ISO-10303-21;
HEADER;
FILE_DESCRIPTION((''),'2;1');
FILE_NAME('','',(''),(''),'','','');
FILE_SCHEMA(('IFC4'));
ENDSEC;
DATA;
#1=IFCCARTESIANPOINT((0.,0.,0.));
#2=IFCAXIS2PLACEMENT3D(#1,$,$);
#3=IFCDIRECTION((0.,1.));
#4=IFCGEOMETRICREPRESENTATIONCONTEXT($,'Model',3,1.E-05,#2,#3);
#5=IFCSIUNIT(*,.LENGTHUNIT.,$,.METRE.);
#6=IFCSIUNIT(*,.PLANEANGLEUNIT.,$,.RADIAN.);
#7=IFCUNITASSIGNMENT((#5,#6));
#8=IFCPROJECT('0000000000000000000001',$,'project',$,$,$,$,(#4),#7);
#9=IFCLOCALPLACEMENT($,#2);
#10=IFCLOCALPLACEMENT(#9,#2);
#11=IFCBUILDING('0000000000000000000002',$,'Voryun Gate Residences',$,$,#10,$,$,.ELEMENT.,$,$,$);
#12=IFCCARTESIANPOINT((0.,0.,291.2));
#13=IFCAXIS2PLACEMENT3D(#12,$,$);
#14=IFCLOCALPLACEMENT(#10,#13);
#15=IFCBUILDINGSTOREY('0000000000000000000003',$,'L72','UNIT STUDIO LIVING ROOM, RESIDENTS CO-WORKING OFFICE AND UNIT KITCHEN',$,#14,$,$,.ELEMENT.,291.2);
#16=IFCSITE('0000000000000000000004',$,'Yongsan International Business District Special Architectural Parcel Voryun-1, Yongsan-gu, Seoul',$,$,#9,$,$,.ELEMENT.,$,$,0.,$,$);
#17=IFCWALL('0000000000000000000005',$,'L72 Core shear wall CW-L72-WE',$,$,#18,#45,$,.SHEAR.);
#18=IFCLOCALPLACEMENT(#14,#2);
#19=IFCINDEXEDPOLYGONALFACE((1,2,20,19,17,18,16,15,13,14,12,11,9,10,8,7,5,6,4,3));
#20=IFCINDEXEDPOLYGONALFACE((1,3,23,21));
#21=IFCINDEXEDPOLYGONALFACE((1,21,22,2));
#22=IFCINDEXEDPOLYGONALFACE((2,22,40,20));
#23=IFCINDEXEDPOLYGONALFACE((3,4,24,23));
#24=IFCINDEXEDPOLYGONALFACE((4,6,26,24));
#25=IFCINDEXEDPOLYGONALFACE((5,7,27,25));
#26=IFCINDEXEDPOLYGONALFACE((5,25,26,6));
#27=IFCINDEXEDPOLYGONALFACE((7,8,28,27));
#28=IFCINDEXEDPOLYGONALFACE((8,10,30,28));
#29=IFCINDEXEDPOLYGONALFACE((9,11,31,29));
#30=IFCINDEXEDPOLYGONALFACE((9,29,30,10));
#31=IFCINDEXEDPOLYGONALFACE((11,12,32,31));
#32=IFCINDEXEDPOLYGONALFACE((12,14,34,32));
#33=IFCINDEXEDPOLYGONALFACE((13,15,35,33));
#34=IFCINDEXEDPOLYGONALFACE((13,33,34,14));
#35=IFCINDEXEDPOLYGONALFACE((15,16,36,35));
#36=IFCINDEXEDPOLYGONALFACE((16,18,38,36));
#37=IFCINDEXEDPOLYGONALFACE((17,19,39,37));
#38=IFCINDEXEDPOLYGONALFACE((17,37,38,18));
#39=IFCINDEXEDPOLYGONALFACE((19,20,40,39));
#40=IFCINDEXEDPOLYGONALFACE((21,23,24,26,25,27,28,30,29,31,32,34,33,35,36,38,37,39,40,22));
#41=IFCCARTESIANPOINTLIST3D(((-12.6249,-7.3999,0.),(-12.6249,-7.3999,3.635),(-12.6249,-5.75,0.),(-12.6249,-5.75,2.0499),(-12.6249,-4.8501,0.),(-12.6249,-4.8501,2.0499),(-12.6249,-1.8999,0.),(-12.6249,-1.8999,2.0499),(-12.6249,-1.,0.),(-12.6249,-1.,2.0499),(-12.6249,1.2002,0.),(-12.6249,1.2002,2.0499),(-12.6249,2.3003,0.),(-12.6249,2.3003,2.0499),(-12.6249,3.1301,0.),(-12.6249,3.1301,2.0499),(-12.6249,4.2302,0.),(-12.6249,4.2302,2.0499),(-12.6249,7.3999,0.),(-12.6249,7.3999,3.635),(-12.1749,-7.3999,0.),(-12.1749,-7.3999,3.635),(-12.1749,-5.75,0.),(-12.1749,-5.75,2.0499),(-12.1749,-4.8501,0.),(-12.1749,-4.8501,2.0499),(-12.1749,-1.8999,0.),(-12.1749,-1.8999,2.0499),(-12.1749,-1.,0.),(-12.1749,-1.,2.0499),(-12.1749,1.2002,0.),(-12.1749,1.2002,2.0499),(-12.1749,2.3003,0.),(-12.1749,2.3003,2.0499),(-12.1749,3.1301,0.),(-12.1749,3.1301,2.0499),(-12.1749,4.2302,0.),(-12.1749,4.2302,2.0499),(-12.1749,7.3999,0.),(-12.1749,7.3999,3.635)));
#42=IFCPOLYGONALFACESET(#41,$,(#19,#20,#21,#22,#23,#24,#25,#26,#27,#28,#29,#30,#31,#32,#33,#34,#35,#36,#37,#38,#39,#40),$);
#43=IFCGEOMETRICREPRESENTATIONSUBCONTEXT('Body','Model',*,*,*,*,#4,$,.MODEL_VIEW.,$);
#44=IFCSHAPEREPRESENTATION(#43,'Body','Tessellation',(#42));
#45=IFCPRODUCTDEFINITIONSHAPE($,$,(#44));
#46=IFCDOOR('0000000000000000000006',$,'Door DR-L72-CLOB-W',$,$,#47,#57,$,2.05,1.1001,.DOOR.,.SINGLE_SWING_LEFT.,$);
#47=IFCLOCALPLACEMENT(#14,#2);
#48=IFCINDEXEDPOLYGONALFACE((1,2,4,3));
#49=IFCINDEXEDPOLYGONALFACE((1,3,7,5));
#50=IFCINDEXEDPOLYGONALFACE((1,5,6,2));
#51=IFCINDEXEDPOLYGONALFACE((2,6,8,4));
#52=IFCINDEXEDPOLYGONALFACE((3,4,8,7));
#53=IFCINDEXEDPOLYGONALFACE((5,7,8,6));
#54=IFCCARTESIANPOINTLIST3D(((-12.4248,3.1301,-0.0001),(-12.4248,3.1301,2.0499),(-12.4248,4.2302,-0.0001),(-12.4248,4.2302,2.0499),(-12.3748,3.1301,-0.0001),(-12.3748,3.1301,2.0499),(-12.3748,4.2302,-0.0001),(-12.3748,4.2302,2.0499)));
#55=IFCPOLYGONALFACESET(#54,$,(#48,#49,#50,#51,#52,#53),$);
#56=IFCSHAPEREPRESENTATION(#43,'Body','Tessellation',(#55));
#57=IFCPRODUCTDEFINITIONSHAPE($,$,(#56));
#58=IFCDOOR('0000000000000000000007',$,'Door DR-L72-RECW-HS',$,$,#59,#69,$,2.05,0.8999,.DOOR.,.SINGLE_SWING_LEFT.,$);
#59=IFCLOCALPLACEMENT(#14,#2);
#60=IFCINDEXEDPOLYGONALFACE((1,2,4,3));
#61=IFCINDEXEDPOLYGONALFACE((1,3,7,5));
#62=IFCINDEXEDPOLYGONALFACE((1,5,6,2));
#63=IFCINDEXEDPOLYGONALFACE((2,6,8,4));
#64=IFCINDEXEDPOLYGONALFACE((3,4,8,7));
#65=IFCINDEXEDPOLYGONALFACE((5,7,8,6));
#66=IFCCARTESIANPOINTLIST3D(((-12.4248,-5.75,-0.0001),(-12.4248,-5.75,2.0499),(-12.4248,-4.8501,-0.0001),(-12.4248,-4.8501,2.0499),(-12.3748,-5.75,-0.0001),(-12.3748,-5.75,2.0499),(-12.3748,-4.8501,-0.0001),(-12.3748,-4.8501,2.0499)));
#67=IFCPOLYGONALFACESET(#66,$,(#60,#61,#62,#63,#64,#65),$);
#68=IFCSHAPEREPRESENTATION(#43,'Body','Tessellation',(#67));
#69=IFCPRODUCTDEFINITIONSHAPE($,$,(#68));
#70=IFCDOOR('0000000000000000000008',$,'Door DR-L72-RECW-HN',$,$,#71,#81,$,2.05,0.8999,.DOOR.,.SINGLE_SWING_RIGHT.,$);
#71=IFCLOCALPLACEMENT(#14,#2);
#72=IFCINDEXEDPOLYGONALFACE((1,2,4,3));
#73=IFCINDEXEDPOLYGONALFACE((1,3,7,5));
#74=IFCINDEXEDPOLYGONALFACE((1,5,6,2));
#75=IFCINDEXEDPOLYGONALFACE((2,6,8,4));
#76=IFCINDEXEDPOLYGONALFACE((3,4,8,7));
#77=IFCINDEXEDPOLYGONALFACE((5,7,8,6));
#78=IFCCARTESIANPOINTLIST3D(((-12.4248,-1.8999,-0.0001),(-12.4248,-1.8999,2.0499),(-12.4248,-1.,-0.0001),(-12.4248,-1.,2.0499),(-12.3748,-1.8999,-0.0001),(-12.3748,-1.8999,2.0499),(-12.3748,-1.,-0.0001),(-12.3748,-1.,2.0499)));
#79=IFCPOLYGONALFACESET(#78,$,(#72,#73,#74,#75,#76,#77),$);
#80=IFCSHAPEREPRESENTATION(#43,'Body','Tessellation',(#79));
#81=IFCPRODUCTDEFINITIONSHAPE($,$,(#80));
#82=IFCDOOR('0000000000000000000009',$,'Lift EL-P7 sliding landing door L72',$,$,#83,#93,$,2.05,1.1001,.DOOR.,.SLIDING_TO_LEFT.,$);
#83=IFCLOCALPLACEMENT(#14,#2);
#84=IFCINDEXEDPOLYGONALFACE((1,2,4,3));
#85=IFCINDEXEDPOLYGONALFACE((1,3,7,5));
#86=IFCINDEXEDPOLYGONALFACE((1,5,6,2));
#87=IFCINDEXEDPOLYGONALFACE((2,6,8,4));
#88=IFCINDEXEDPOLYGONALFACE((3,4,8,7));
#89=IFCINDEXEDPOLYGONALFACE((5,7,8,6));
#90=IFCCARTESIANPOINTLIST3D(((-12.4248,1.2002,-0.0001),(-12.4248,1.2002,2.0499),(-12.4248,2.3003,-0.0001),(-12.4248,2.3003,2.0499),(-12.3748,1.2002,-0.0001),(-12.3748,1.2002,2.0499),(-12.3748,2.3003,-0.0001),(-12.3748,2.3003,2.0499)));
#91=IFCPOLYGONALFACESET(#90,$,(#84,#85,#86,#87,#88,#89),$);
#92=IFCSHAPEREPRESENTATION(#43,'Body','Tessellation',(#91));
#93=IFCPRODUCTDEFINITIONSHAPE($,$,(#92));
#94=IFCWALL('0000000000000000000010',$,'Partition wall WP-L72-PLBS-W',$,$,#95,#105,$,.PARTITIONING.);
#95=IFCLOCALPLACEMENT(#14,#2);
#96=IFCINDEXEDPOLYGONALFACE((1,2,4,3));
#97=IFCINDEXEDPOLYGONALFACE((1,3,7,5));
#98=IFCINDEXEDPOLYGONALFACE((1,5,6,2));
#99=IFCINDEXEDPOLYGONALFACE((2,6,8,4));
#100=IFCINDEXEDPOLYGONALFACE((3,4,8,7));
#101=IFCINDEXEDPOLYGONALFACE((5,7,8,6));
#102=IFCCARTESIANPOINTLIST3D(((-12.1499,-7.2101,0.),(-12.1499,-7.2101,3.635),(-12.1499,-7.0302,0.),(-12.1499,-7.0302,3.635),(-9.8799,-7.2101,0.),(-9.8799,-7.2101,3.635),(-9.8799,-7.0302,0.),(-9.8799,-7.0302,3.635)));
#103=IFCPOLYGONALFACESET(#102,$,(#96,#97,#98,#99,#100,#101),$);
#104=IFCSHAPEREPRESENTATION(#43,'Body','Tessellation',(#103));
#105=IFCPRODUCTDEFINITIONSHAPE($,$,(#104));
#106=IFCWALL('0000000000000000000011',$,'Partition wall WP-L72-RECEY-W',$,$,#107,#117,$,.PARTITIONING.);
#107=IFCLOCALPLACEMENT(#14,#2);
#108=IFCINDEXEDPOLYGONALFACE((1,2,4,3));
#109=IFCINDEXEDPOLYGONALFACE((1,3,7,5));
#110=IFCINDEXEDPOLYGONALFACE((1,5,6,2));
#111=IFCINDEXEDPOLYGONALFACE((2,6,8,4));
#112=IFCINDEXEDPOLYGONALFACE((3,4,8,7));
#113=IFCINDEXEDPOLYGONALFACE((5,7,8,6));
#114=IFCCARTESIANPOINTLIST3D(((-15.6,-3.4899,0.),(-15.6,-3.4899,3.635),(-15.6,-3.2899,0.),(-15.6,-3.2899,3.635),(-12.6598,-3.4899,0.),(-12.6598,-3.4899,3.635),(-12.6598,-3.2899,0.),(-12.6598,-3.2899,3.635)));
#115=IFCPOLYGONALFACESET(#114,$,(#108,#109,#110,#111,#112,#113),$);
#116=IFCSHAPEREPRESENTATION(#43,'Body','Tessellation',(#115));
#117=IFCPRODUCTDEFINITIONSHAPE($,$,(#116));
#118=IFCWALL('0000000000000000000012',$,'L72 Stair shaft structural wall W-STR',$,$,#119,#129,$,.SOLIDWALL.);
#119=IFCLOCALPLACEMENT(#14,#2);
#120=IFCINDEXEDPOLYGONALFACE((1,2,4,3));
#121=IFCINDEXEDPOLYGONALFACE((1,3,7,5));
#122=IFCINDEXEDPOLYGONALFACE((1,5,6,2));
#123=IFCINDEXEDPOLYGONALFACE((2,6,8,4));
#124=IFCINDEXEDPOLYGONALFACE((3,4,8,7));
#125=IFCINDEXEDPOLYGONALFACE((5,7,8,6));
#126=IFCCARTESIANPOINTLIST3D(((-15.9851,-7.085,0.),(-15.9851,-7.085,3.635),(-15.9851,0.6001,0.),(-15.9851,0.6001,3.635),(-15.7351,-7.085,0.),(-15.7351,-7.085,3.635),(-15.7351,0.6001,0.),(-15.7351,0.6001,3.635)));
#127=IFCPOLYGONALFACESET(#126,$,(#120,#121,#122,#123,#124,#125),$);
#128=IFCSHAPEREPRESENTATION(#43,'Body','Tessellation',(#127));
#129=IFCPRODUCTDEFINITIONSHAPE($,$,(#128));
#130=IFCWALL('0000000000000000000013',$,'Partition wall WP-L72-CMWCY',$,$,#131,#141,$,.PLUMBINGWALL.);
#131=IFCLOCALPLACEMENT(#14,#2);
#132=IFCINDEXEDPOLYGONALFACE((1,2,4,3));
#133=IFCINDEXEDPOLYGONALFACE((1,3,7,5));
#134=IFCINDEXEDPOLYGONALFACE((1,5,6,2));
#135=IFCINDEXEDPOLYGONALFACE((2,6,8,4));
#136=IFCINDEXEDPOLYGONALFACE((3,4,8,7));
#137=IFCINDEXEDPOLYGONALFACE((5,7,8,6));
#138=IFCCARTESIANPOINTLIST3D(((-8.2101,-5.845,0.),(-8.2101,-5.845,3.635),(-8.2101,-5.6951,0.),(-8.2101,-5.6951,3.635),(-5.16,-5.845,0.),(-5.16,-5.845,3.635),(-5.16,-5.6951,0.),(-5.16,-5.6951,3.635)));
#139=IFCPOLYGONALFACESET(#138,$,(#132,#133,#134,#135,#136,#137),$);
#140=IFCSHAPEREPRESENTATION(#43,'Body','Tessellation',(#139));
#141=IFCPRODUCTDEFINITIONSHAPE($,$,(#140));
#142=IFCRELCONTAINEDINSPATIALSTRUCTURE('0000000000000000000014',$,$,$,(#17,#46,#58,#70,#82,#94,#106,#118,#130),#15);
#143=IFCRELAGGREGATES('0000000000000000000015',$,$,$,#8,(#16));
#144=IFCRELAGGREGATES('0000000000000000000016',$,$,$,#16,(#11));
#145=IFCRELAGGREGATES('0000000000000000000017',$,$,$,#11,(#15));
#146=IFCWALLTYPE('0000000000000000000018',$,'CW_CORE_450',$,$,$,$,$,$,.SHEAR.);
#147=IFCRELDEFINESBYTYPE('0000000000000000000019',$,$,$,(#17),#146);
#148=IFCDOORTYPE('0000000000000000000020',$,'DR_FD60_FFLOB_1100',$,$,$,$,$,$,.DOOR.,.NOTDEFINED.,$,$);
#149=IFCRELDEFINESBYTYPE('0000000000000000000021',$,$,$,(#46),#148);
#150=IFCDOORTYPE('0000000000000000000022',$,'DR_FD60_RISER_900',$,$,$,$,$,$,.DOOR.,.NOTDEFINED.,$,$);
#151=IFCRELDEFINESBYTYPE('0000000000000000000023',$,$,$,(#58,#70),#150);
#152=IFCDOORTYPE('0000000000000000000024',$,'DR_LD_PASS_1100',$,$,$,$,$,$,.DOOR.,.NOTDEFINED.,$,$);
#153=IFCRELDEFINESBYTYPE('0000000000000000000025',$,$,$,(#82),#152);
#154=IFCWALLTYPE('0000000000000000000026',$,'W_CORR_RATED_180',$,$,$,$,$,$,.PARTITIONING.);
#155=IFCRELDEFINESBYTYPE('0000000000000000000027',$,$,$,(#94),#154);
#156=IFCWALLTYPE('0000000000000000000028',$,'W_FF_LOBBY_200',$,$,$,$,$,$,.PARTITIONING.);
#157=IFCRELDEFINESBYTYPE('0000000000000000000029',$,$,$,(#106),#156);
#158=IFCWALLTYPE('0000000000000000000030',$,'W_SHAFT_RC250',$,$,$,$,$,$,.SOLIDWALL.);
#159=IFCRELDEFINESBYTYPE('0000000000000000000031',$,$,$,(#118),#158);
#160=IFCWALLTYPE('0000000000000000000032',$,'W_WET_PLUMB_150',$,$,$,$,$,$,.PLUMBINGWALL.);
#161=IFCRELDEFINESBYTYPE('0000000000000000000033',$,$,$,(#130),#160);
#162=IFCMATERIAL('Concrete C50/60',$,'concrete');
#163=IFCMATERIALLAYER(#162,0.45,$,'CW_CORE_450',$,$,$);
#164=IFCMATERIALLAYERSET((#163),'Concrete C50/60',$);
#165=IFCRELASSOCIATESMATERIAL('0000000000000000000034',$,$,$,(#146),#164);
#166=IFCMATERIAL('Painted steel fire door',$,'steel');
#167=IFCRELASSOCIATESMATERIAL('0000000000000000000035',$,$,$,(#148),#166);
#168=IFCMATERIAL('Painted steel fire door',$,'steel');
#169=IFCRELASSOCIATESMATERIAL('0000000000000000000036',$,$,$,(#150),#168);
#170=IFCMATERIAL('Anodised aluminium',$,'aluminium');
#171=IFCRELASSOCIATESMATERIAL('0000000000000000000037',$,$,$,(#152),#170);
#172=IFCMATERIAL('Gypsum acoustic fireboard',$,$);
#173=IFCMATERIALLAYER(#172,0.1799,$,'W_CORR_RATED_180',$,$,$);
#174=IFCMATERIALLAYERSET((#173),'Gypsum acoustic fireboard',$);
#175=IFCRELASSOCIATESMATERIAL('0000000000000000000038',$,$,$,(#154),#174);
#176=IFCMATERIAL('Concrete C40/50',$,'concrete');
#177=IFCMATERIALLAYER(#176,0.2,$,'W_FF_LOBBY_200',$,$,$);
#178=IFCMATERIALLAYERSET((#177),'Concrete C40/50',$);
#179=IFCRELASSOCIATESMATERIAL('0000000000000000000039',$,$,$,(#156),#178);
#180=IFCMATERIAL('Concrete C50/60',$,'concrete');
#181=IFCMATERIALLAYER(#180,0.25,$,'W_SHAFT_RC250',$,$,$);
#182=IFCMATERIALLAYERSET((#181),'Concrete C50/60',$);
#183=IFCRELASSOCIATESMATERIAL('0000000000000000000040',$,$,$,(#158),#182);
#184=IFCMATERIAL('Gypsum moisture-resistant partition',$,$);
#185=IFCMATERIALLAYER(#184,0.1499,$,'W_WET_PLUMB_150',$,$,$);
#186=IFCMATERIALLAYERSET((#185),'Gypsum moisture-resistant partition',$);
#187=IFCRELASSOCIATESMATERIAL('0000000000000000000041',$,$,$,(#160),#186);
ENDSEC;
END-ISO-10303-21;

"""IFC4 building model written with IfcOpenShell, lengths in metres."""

from ifc_helpers import new_model, si_unit, direction, frame, frame_2d, origin, place, context, subcontext, project, spatial, rectangle, extrude, material, layer, layer_set, type_object, element, fill, save


model = new_model("IFC4")

# Units and contexts
model_context = context("Model", 3, precision=1e-05, world=origin(), true_north=direction((0.0, 1.0)))
body_context = subcontext(model_context, "Body", "Model", "MODEL_VIEW")
ifc_project = project(units=[si_unit("LENGTHUNIT", "METRE"), si_unit("PLANEANGLEUNIT", "RADIAN")], contexts=[model_context])

# Site, building, storey
site_placement = place(None, origin())
site = spatial("IfcSite", under=ifc_project, at=site_placement, Name="Yongsan International Business District Special Architectural Parcel Voryun-1, Yongsan-gu, Seoul", CompositionType="ELEMENT", RefElevation=0.0)
building_placement = place(site_placement, origin())
building = spatial("IfcBuilding", under=site, at=building_placement, Name="Voryun Gate Residences", CompositionType="ELEMENT")
storey_placement = place(building_placement, frame((0.0, 0.0, 291.2)))
storey = spatial("IfcBuildingStorey", under=building, at=storey_placement, Name="L72", Description="UNIT STUDIO LIVING ROOM, RESIDENTS CO-WORKING OFFICE AND UNIT KITCHEN", CompositionType="ELEMENT", Elevation=291.2)

# Wall, openings, doors
ifc_material_1 = material(Name="Concrete C50/60", Category="concrete")
ifc_layer_1 = layer(ifc_material_1, 0.45, Name="CW_CORE_450")
ifc_layer_set_1 = layer_set([ifc_layer_1], Name="Concrete C50/60")
wall_type_1 = type_object("IfcWallType", Name="CW_CORE_450", PredefinedType="SHEAR", material=ifc_layer_set_1)
wall_1_placement = place(storey_placement, frame((-12.3999, -7.3999, 0.0), z_axis=(0.0, 0.0, 1.0), x_axis=(0.0, 1.0, 0.0)))
wall_1 = element("IfcWall", 1, at=wall_1_placement, inside=storey, type_object=wall_type_1, Name="L72 Core shear wall CW-L72-WE", PredefinedType="SHEAR", context=body_context, shape_type="SweptSolid", body=[
    extrude(rectangle(XDim=14.7998, YDim=0.45, at=frame_2d((7.3999, 0.0))), origin(), (0.0, 0.0, 1.0), 3.635),
])
opening_1_placement = place(wall_1_placement, frame((8.6001, 0.0, 0.0)))
opening_1 = element("IfcOpeningElement", 2, at=opening_1_placement, cuts=wall_1, PredefinedType="OPENING", context=body_context, shape_type="SweptSolid", body=[
    extrude(rectangle(XDim=1.1001, YDim=2.05, at=frame_2d((0.55, 1.0249))), frame((0.0, 0.2351, 0.0), z_axis=(0.0, -1.0, 0.0), x_axis=(1.0, 0.0, 0.0)), (0.0, 0.0, 1.0), 0.47),
])
opening_2_placement = place(wall_1_placement, frame((10.53, 0.0, 0.0)))
opening_2 = element("IfcOpeningElement", 3, at=opening_2_placement, cuts=wall_1, PredefinedType="OPENING", context=body_context, shape_type="SweptSolid", body=[
    extrude(rectangle(XDim=1.1001, YDim=2.05, at=frame_2d((0.55, 1.0249))), frame((0.0, 0.2351, 0.0), z_axis=(0.0, -1.0, 0.0), x_axis=(1.0, 0.0, 0.0)), (0.0, 0.0, 1.0), 0.47),
])
opening_3_placement = place(wall_1_placement, frame((1.6499, 0.0, 0.0)))
opening_3 = element("IfcOpeningElement", 4, at=opening_3_placement, cuts=wall_1, PredefinedType="OPENING", context=body_context, shape_type="SweptSolid", body=[
    extrude(rectangle(XDim=0.8999, YDim=2.05, at=frame_2d((0.45, 1.0249))), frame((0.0, 0.2351, 0.0), z_axis=(0.0, -1.0, 0.0), x_axis=(1.0, 0.0, 0.0)), (0.0, 0.0, 1.0), 0.47),
])
opening_4_placement = place(wall_1_placement, frame((5.5, 0.0, 0.0)))
opening_4 = element("IfcOpeningElement", 5, at=opening_4_placement, cuts=wall_1, PredefinedType="OPENING", context=body_context, shape_type="SweptSolid", body=[
    extrude(rectangle(XDim=0.8999, YDim=2.05, at=frame_2d((0.45, 1.0249))), frame((0.0, 0.2351, 0.0), z_axis=(0.0, -1.0, 0.0), x_axis=(1.0, 0.0, 0.0)), (0.0, 0.0, 1.0), 0.47),
])
ifc_material_2 = material(Name="Painted steel fire door", Category="steel")
door_type_1 = type_object("IfcDoorType", Name="DR_FD60_FFLOB_1100", OperationType="NOTDEFINED", PredefinedType="DOOR", material=ifc_material_2)
door_1_placement = place(opening_2_placement, origin())
door_1 = element("IfcDoor", 6, at=door_1_placement, inside=storey, type_object=door_type_1, Name="Door DR-L72-CLOB-W", OperationType="SINGLE_SWING_LEFT", OverallHeight=2.05, OverallWidth=1.1001, PredefinedType="DOOR", context=body_context, shape_type="SweptSolid", body=[
    extrude(rectangle(XDim=1.1001, YDim=2.05, at=frame_2d((0.55, 1.0249))), frame((0.0, 0.0249, 0.0), z_axis=(0.0, -1.0, 0.0), x_axis=(1.0, 0.0, 0.0)), (0.0, 0.0, 1.0), 0.05),
])
fill(opening_2, door_1)
ifc_material_3 = material(Name="Painted steel fire door", Category="steel")
door_type_2 = type_object("IfcDoorType", Name="DR_FD60_RISER_900", OperationType="NOTDEFINED", PredefinedType="DOOR", material=ifc_material_3)
door_2_placement = place(opening_3_placement, origin())
door_2 = element("IfcDoor", 7, at=door_2_placement, inside=storey, type_object=door_type_2, Name="Door DR-L72-RECW-HS", OperationType="SINGLE_SWING_LEFT", OverallHeight=2.05, OverallWidth=0.8999, PredefinedType="DOOR", context=body_context, shape_type="SweptSolid", body=[
    extrude(rectangle(XDim=0.8999, YDim=2.05, at=frame_2d((0.45, 1.0249))), frame((0.0, 0.0249, 0.0), z_axis=(0.0, -1.0, 0.0), x_axis=(1.0, 0.0, 0.0)), (0.0, 0.0, 1.0), 0.05),
])
fill(opening_3, door_2)
door_3_placement = place(opening_4_placement, origin())
door_3 = element("IfcDoor", 8, at=door_3_placement, inside=storey, type_object=door_type_2, Name="Door DR-L72-RECW-HN", OperationType="SINGLE_SWING_RIGHT", OverallHeight=2.05, OverallWidth=0.8999, PredefinedType="DOOR", context=body_context, shape_type="SweptSolid", body=[
    extrude(rectangle(XDim=0.8999, YDim=2.05, at=frame_2d((0.45, 1.0249))), frame((0.0, 0.0249, 0.0), z_axis=(0.0, -1.0, 0.0), x_axis=(1.0, 0.0, 0.0)), (0.0, 0.0, 1.0), 0.05),
])
fill(opening_4, door_3)
ifc_material_4 = material(Name="Anodised aluminium", Category="aluminium")
door_type_3 = type_object("IfcDoorType", Name="DR_LD_PASS_1100", OperationType="NOTDEFINED", PredefinedType="DOOR", material=ifc_material_4)
door_4_placement = place(opening_1_placement, origin())
door_4 = element("IfcDoor", 9, at=door_4_placement, inside=storey, type_object=door_type_3, Name="Lift EL-P7 sliding landing door L72", OperationType="SLIDING_TO_LEFT", OverallHeight=2.05, OverallWidth=1.1001, PredefinedType="DOOR", context=body_context, shape_type="SweptSolid", body=[
    extrude(rectangle(XDim=1.1001, YDim=2.05, at=frame_2d((0.55, 1.0249))), frame((0.0, 0.0249, 0.0), z_axis=(0.0, -1.0, 0.0), x_axis=(1.0, 0.0, 0.0)), (0.0, 0.0, 1.0), 0.05),
])
fill(opening_1, door_4)

# Walls
ifc_material_5 = material(Name="Gypsum acoustic fireboard")
ifc_layer_2 = layer(ifc_material_5, 0.1799, Name="W_CORR_RATED_180")
ifc_layer_set_2 = layer_set([ifc_layer_2], Name="Gypsum acoustic fireboard")
wall_type_2 = type_object("IfcWallType", Name="W_CORR_RATED_180", PredefinedType="PARTITIONING", material=ifc_layer_set_2)
wall_2_placement = place(storey_placement, frame((-12.1499, -7.1201, 0.0), z_axis=(0.0, 0.0, 1.0), x_axis=(1.0, 0.0, 0.0)))
element("IfcWall", 10, at=wall_2_placement, inside=storey, type_object=wall_type_2, Name="Partition wall WP-L72-PLBS-W", PredefinedType="PARTITIONING", context=body_context, shape_type="SweptSolid", body=[
    extrude(rectangle(XDim=2.27, YDim=0.1799, at=frame_2d((1.135, 0.0))), origin(), (0.0, 0.0, 1.0), 3.635),
])
ifc_material_6 = material(Name="Concrete C40/50", Category="concrete")
ifc_layer_3 = layer(ifc_material_6, 0.2, Name="W_FF_LOBBY_200")
ifc_layer_set_3 = layer_set([ifc_layer_3], Name="Concrete C40/50")
wall_type_3 = type_object("IfcWallType", Name="W_FF_LOBBY_200", PredefinedType="PARTITIONING", material=ifc_layer_set_3)
wall_3_placement = place(storey_placement, frame((-15.6001, -3.3899, 0.0), z_axis=(0.0, 0.0, 1.0), x_axis=(1.0, 0.0, 0.0)))
element("IfcWall", 11, at=wall_3_placement, inside=storey, type_object=wall_type_3, Name="Partition wall WP-L72-RECEY-W", PredefinedType="PARTITIONING", context=body_context, shape_type="SweptSolid", body=[
    extrude(rectangle(XDim=2.9402, YDim=0.2, at=frame_2d((1.4702, 0.0))), origin(), (0.0, 0.0, 1.0), 3.635),
])
ifc_material_7 = material(Name="Concrete C50/60", Category="concrete")
ifc_layer_4 = layer(ifc_material_7, 0.25, Name="W_SHAFT_RC250")
ifc_layer_set_4 = layer_set([ifc_layer_4], Name="Concrete C50/60")
wall_type_4 = type_object("IfcWallType", Name="W_SHAFT_RC250", PredefinedType="SOLIDWALL", material=ifc_layer_set_4)
wall_4_placement = place(storey_placement, frame((-15.8601, -7.085, 0.0), z_axis=(0.0, 0.0, 1.0), x_axis=(0.0, 1.0, 0.0)))
element("IfcWall", 12, at=wall_4_placement, inside=storey, type_object=wall_type_4, Name="L72 Stair shaft structural wall W-STR", PredefinedType="SOLIDWALL", context=body_context, shape_type="SweptSolid", body=[
    extrude(rectangle(XDim=7.6851, YDim=0.25, at=frame_2d((3.8425, 0.0))), origin(), (0.0, 0.0, 1.0), 3.635),
])
ifc_material_8 = material(Name="Gypsum moisture-resistant partition")
ifc_layer_5 = layer(ifc_material_8, 0.1499, Name="W_WET_PLUMB_150")
ifc_layer_set_5 = layer_set([ifc_layer_5], Name="Gypsum moisture-resistant partition")
wall_type_5 = type_object("IfcWallType", Name="W_WET_PLUMB_150", PredefinedType="PLUMBINGWALL", material=ifc_layer_set_5)
wall_5_placement = place(storey_placement, frame((-8.21, -5.77, 0.0), z_axis=(0.0, 0.0, 1.0), x_axis=(1.0, 0.0, 0.0)))
element("IfcWall", 13, at=wall_5_placement, inside=storey, type_object=wall_type_5, Name="Partition wall WP-L72-CMWCY", PredefinedType="PLUMBINGWALL", context=body_context, shape_type="SweptSolid", body=[
    extrude(rectangle(XDim=3.05, YDim=0.1499, at=frame_2d((1.5249, 0.0))), origin(), (0.0, 0.0, 1.0), 3.635),
])

save(model, "model.ifc")
